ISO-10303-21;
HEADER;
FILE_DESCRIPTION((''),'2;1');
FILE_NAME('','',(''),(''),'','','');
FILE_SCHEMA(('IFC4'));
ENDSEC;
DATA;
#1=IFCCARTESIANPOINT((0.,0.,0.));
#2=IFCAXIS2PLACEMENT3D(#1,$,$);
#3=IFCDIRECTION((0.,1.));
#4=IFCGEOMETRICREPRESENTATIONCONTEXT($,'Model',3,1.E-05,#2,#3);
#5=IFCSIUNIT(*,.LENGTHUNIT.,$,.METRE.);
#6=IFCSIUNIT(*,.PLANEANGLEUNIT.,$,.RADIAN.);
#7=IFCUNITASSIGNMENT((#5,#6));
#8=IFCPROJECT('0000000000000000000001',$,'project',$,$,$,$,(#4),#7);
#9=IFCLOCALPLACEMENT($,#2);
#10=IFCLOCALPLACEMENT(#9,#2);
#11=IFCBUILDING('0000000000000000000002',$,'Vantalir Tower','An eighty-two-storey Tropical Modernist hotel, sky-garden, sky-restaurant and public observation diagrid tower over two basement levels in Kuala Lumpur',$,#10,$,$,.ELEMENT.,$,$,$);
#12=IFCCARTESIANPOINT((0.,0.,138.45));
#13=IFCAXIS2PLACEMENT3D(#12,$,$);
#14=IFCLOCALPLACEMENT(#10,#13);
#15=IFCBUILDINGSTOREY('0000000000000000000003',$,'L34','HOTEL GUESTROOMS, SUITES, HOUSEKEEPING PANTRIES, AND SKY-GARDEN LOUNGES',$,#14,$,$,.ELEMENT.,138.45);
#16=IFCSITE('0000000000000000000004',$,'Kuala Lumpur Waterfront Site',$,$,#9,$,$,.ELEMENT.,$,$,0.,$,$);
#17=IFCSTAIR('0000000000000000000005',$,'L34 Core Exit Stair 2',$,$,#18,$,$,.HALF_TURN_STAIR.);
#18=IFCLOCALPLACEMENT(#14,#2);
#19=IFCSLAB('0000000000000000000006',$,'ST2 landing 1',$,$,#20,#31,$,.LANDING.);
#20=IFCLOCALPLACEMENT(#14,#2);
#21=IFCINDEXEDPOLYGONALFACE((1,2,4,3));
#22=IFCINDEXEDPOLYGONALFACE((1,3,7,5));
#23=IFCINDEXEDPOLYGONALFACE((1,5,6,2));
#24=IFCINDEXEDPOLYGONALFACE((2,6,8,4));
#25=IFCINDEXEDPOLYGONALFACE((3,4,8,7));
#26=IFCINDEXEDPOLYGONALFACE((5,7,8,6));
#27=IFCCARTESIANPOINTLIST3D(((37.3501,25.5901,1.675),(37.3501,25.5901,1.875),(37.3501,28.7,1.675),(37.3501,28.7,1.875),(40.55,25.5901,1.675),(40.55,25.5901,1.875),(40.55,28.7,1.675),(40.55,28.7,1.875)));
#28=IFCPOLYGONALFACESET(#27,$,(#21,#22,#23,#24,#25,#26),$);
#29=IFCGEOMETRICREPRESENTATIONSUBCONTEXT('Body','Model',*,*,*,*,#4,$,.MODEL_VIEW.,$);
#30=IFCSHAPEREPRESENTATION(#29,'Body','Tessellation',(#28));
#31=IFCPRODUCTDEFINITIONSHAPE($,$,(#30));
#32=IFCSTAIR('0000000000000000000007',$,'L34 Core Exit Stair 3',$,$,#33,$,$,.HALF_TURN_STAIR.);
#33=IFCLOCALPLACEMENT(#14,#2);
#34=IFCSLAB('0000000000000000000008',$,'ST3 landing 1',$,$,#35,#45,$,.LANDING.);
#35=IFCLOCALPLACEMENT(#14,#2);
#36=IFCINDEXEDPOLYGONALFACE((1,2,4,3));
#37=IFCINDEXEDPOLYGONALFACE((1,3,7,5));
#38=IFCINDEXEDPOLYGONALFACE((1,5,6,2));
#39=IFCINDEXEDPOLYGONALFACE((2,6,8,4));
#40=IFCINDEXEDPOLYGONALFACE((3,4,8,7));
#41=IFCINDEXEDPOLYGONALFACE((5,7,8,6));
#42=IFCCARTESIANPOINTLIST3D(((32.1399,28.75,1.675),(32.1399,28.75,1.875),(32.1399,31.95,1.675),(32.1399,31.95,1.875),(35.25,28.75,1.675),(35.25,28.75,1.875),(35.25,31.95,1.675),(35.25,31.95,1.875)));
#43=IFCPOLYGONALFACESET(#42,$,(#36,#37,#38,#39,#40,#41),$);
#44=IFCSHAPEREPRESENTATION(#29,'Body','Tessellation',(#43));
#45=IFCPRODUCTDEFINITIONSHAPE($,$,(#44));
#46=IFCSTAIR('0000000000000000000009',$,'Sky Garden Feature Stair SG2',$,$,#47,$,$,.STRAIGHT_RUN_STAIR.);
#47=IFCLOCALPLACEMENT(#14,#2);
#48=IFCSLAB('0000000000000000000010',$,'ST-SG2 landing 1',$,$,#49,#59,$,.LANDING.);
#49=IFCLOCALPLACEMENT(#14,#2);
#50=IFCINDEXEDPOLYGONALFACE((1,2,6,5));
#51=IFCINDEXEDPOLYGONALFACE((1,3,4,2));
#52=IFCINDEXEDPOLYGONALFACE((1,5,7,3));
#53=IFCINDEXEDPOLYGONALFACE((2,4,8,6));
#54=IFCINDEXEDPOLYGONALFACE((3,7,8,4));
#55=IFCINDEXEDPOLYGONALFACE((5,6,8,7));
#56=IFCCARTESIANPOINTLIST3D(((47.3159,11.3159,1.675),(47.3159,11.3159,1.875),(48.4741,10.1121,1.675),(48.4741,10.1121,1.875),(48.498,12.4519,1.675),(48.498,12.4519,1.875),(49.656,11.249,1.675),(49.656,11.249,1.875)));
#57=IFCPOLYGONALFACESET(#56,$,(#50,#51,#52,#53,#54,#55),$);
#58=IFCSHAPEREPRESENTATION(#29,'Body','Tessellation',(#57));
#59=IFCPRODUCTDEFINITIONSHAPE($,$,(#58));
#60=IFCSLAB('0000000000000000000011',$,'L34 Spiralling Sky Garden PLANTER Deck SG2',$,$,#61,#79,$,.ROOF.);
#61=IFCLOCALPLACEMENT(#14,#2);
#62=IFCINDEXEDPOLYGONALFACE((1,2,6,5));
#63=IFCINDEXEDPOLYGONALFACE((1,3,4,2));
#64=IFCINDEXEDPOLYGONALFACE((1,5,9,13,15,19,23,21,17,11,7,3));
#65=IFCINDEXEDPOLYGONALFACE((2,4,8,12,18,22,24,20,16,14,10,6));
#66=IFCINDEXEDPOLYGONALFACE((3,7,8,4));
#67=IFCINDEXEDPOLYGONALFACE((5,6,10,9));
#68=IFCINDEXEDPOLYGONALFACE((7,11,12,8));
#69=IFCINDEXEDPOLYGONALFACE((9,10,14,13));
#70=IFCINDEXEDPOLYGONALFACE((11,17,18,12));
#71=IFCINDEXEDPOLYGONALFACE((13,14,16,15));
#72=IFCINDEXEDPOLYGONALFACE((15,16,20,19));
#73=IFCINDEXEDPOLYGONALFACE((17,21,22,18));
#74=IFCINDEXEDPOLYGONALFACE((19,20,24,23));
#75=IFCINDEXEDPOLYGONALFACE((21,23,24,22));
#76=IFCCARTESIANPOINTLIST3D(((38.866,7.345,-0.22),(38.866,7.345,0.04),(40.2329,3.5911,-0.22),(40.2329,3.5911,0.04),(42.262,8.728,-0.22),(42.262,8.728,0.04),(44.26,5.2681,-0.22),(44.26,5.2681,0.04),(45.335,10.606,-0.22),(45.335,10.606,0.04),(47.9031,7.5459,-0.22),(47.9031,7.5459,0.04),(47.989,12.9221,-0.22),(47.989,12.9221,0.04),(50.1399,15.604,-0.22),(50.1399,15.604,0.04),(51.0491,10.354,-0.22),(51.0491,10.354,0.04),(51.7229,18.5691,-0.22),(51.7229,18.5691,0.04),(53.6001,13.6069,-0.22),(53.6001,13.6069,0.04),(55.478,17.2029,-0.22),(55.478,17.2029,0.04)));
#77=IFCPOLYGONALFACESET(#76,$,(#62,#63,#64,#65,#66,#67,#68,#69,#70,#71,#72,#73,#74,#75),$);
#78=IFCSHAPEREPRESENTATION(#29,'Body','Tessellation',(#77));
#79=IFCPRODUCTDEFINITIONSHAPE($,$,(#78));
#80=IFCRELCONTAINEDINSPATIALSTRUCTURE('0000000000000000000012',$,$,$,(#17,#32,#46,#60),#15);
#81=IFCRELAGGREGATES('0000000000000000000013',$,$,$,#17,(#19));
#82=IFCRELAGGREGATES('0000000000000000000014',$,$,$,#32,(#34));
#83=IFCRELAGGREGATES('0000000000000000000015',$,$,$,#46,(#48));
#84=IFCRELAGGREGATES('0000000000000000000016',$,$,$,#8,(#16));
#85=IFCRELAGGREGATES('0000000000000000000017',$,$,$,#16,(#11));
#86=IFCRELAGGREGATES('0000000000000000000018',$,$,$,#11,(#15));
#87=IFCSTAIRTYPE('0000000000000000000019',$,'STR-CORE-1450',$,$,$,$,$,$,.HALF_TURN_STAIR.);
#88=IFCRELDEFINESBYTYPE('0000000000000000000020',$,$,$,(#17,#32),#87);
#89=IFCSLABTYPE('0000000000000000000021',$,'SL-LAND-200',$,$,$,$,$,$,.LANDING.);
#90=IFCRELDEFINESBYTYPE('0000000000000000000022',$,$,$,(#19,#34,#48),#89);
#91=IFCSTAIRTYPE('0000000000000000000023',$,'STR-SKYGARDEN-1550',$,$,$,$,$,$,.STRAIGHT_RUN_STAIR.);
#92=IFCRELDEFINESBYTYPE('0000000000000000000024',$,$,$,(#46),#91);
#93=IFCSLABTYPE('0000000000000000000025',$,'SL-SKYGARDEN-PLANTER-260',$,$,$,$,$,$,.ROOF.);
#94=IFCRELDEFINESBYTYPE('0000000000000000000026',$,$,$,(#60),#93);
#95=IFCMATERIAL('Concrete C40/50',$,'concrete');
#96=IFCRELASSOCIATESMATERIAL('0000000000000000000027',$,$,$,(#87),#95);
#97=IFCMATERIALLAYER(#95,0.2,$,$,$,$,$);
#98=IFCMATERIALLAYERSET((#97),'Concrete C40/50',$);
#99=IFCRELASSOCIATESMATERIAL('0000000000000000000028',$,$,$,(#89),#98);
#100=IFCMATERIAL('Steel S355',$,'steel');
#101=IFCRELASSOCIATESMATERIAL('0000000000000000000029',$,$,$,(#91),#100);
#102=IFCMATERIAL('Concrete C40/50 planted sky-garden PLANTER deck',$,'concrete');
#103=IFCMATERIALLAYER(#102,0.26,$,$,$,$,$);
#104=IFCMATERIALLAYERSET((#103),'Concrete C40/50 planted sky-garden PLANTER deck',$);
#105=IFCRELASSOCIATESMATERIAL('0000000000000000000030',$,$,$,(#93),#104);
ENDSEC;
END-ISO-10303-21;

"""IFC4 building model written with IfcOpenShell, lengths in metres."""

from ifc_helpers import new_model, si_unit, direction, frame, origin, place, context, subcontext, project, spatial, polyline, outline, extrude, material, layer, layer_set, type_object, element, aggregate, save


model = new_model("IFC4")

# Units and contexts
model_context = context("Model", 3, precision=1e-05, world=origin(), true_north=direction((0.0, 1.0)))
body_context = subcontext(model_context, "Body", "Model", "MODEL_VIEW")
ifc_project = project(units=[si_unit("LENGTHUNIT", "METRE"), si_unit("PLANEANGLEUNIT", "RADIAN")], contexts=[model_context])

# Site, building, storey
site_placement = place(None, origin())
site = spatial("IfcSite", under=ifc_project, at=site_placement, Name="Kuala Lumpur Waterfront Site", CompositionType="ELEMENT", RefElevation=0.0)
building_placement = place(site_placement, origin())
building = spatial("IfcBuilding", under=site, at=building_placement, Name="Vantalir Tower", Description="An eighty-two-storey Tropical Modernist hotel, sky-garden, sky-restaurant and public observation diagrid tower over two basement levels in Kuala Lumpur", CompositionType="ELEMENT")
storey_placement = place(building_placement, frame((0.0, 0.0, 138.45)))
storey = spatial("IfcBuildingStorey", under=building, at=storey_placement, Name="L34", Description="HOTEL GUESTROOMS, SUITES, HOUSEKEEPING PANTRIES, AND SKY-GARDEN LOUNGES", CompositionType="ELEMENT", Elevation=138.45)

# Shared definitions
ifc_material_1 = material(Name="Steel S355", Category="steel")

# Stairs, slabs
ifc_material_2 = material(Name="Concrete C40/50", Category="concrete")
stair_type_1 = type_object("IfcStairType", Name="STR-CORE-1450", PredefinedType="HALF_TURN_STAIR", material=ifc_material_2)
ifc_layer_1 = layer(ifc_material_2, 0.2)
ifc_layer_set_1 = layer_set([ifc_layer_1], Name="Concrete C40/50")
slab_type_1 = type_object("IfcSlabType", Name="SL-LAND-200", PredefinedType="LANDING", material=ifc_layer_set_1)
stair_1_placement = place(storey_placement, origin())
stair_1 = element("IfcStair", 1, at=stair_1_placement, inside=storey, type_object=stair_type_1, Name="L34 Core Exit Stair 2", PredefinedType="HALF_TURN_STAIR")
slab_1_placement = place(storey_placement, frame((0.0, 0.0, 1.675)))
slab_1 = element("IfcSlab", 2, at=slab_1_placement, type_object=slab_type_1, Name="ST2 landing 1", PredefinedType="LANDING", context=body_context, shape_type="SweptSolid", body=[
    extrude(outline(polyline([(40.55, 25.5901), (40.55, 28.7), (37.3501, 28.7), (37.3501, 25.5901), (40.55, 25.5901)])), origin(), (0.0, 0.0, 1.0), 0.2),
])
aggregate(stair_1, [slab_1])
stair_2_placement = place(storey_placement, origin())
stair_2 = element("IfcStair", 3, at=stair_2_placement, inside=storey, type_object=stair_type_1, Name="L34 Core Exit Stair 3", PredefinedType="HALF_TURN_STAIR")
slab_2_placement = place(storey_placement, frame((0.0, 0.0, 1.675)))
slab_2 = element("IfcSlab", 4, at=slab_2_placement, type_object=slab_type_1, Name="ST3 landing 1", PredefinedType="LANDING", context=body_context, shape_type="SweptSolid", body=[
    extrude(outline(polyline([(32.1399, 28.75), (35.25, 28.75), (35.25, 31.95), (32.1399, 31.95), (32.1399, 28.75)])), origin(), (0.0, 0.0, 1.0), 0.2),
])
aggregate(stair_2, [slab_2])
stair_type_2 = type_object("IfcStairType", Name="STR-SKYGARDEN-1550", PredefinedType="STRAIGHT_RUN_STAIR", material=ifc_material_1)
stair_3_placement = place(storey_placement, origin())
stair_3 = element("IfcStair", 5, at=stair_3_placement, inside=storey, type_object=stair_type_2, Name="Sky Garden Feature Stair SG2", PredefinedType="STRAIGHT_RUN_STAIR")
slab_3_placement = place(storey_placement, frame((0.0, 0.0, 1.675)))
slab_3 = element("IfcSlab", 6, at=slab_3_placement, type_object=slab_type_1, Name="ST-SG2 landing 1", PredefinedType="LANDING", context=body_context, shape_type="SweptSolid", body=[
    extrude(outline(polyline([(48.4741, 10.1121), (49.656, 11.249), (48.498, 12.4519), (47.3159, 11.3159), (48.4741, 10.1121)])), origin(), (0.0, 0.0, 1.0), 0.2),
])
aggregate(stair_3, [slab_3])

# Slab
ifc_material_3 = material(Name="Concrete C40/50 planted sky-garden PLANTER deck", Category="concrete")
ifc_layer_2 = layer(ifc_material_3, 0.26)
ifc_layer_set_2 = layer_set([ifc_layer_2], Name="Concrete C40/50 planted sky-garden PLANTER deck")
slab_type_2 = type_object("IfcSlabType", Name="SL-SKYGARDEN-PLANTER-260", PredefinedType="ROOF", material=ifc_layer_set_2)
slab_4_placement = place(storey_placement, frame((0.0, 0.0, -0.22)))
element("IfcSlab", 7, at=slab_4_placement, inside=storey, type_object=slab_type_2, Name="L34 Spiralling Sky Garden PLANTER Deck SG2", PredefinedType="ROOF", context=body_context, shape_type="SweptSolid", body=[
    extrude(outline(polyline([(55.478, 17.2029), (51.7229, 18.5691), (50.1399, 15.604), (47.989, 12.9221), (45.335, 10.606), (42.262, 8.728), (38.866, 7.345), (40.2329, 3.5911), (44.26, 5.2681), (47.9031, 7.5459), (51.0491, 10.354), (53.6001, 13.6069), (55.478, 17.2029)])), origin(), (0.0, 0.0, 1.0), 0.26),
])

save(model, "model.ifc")
